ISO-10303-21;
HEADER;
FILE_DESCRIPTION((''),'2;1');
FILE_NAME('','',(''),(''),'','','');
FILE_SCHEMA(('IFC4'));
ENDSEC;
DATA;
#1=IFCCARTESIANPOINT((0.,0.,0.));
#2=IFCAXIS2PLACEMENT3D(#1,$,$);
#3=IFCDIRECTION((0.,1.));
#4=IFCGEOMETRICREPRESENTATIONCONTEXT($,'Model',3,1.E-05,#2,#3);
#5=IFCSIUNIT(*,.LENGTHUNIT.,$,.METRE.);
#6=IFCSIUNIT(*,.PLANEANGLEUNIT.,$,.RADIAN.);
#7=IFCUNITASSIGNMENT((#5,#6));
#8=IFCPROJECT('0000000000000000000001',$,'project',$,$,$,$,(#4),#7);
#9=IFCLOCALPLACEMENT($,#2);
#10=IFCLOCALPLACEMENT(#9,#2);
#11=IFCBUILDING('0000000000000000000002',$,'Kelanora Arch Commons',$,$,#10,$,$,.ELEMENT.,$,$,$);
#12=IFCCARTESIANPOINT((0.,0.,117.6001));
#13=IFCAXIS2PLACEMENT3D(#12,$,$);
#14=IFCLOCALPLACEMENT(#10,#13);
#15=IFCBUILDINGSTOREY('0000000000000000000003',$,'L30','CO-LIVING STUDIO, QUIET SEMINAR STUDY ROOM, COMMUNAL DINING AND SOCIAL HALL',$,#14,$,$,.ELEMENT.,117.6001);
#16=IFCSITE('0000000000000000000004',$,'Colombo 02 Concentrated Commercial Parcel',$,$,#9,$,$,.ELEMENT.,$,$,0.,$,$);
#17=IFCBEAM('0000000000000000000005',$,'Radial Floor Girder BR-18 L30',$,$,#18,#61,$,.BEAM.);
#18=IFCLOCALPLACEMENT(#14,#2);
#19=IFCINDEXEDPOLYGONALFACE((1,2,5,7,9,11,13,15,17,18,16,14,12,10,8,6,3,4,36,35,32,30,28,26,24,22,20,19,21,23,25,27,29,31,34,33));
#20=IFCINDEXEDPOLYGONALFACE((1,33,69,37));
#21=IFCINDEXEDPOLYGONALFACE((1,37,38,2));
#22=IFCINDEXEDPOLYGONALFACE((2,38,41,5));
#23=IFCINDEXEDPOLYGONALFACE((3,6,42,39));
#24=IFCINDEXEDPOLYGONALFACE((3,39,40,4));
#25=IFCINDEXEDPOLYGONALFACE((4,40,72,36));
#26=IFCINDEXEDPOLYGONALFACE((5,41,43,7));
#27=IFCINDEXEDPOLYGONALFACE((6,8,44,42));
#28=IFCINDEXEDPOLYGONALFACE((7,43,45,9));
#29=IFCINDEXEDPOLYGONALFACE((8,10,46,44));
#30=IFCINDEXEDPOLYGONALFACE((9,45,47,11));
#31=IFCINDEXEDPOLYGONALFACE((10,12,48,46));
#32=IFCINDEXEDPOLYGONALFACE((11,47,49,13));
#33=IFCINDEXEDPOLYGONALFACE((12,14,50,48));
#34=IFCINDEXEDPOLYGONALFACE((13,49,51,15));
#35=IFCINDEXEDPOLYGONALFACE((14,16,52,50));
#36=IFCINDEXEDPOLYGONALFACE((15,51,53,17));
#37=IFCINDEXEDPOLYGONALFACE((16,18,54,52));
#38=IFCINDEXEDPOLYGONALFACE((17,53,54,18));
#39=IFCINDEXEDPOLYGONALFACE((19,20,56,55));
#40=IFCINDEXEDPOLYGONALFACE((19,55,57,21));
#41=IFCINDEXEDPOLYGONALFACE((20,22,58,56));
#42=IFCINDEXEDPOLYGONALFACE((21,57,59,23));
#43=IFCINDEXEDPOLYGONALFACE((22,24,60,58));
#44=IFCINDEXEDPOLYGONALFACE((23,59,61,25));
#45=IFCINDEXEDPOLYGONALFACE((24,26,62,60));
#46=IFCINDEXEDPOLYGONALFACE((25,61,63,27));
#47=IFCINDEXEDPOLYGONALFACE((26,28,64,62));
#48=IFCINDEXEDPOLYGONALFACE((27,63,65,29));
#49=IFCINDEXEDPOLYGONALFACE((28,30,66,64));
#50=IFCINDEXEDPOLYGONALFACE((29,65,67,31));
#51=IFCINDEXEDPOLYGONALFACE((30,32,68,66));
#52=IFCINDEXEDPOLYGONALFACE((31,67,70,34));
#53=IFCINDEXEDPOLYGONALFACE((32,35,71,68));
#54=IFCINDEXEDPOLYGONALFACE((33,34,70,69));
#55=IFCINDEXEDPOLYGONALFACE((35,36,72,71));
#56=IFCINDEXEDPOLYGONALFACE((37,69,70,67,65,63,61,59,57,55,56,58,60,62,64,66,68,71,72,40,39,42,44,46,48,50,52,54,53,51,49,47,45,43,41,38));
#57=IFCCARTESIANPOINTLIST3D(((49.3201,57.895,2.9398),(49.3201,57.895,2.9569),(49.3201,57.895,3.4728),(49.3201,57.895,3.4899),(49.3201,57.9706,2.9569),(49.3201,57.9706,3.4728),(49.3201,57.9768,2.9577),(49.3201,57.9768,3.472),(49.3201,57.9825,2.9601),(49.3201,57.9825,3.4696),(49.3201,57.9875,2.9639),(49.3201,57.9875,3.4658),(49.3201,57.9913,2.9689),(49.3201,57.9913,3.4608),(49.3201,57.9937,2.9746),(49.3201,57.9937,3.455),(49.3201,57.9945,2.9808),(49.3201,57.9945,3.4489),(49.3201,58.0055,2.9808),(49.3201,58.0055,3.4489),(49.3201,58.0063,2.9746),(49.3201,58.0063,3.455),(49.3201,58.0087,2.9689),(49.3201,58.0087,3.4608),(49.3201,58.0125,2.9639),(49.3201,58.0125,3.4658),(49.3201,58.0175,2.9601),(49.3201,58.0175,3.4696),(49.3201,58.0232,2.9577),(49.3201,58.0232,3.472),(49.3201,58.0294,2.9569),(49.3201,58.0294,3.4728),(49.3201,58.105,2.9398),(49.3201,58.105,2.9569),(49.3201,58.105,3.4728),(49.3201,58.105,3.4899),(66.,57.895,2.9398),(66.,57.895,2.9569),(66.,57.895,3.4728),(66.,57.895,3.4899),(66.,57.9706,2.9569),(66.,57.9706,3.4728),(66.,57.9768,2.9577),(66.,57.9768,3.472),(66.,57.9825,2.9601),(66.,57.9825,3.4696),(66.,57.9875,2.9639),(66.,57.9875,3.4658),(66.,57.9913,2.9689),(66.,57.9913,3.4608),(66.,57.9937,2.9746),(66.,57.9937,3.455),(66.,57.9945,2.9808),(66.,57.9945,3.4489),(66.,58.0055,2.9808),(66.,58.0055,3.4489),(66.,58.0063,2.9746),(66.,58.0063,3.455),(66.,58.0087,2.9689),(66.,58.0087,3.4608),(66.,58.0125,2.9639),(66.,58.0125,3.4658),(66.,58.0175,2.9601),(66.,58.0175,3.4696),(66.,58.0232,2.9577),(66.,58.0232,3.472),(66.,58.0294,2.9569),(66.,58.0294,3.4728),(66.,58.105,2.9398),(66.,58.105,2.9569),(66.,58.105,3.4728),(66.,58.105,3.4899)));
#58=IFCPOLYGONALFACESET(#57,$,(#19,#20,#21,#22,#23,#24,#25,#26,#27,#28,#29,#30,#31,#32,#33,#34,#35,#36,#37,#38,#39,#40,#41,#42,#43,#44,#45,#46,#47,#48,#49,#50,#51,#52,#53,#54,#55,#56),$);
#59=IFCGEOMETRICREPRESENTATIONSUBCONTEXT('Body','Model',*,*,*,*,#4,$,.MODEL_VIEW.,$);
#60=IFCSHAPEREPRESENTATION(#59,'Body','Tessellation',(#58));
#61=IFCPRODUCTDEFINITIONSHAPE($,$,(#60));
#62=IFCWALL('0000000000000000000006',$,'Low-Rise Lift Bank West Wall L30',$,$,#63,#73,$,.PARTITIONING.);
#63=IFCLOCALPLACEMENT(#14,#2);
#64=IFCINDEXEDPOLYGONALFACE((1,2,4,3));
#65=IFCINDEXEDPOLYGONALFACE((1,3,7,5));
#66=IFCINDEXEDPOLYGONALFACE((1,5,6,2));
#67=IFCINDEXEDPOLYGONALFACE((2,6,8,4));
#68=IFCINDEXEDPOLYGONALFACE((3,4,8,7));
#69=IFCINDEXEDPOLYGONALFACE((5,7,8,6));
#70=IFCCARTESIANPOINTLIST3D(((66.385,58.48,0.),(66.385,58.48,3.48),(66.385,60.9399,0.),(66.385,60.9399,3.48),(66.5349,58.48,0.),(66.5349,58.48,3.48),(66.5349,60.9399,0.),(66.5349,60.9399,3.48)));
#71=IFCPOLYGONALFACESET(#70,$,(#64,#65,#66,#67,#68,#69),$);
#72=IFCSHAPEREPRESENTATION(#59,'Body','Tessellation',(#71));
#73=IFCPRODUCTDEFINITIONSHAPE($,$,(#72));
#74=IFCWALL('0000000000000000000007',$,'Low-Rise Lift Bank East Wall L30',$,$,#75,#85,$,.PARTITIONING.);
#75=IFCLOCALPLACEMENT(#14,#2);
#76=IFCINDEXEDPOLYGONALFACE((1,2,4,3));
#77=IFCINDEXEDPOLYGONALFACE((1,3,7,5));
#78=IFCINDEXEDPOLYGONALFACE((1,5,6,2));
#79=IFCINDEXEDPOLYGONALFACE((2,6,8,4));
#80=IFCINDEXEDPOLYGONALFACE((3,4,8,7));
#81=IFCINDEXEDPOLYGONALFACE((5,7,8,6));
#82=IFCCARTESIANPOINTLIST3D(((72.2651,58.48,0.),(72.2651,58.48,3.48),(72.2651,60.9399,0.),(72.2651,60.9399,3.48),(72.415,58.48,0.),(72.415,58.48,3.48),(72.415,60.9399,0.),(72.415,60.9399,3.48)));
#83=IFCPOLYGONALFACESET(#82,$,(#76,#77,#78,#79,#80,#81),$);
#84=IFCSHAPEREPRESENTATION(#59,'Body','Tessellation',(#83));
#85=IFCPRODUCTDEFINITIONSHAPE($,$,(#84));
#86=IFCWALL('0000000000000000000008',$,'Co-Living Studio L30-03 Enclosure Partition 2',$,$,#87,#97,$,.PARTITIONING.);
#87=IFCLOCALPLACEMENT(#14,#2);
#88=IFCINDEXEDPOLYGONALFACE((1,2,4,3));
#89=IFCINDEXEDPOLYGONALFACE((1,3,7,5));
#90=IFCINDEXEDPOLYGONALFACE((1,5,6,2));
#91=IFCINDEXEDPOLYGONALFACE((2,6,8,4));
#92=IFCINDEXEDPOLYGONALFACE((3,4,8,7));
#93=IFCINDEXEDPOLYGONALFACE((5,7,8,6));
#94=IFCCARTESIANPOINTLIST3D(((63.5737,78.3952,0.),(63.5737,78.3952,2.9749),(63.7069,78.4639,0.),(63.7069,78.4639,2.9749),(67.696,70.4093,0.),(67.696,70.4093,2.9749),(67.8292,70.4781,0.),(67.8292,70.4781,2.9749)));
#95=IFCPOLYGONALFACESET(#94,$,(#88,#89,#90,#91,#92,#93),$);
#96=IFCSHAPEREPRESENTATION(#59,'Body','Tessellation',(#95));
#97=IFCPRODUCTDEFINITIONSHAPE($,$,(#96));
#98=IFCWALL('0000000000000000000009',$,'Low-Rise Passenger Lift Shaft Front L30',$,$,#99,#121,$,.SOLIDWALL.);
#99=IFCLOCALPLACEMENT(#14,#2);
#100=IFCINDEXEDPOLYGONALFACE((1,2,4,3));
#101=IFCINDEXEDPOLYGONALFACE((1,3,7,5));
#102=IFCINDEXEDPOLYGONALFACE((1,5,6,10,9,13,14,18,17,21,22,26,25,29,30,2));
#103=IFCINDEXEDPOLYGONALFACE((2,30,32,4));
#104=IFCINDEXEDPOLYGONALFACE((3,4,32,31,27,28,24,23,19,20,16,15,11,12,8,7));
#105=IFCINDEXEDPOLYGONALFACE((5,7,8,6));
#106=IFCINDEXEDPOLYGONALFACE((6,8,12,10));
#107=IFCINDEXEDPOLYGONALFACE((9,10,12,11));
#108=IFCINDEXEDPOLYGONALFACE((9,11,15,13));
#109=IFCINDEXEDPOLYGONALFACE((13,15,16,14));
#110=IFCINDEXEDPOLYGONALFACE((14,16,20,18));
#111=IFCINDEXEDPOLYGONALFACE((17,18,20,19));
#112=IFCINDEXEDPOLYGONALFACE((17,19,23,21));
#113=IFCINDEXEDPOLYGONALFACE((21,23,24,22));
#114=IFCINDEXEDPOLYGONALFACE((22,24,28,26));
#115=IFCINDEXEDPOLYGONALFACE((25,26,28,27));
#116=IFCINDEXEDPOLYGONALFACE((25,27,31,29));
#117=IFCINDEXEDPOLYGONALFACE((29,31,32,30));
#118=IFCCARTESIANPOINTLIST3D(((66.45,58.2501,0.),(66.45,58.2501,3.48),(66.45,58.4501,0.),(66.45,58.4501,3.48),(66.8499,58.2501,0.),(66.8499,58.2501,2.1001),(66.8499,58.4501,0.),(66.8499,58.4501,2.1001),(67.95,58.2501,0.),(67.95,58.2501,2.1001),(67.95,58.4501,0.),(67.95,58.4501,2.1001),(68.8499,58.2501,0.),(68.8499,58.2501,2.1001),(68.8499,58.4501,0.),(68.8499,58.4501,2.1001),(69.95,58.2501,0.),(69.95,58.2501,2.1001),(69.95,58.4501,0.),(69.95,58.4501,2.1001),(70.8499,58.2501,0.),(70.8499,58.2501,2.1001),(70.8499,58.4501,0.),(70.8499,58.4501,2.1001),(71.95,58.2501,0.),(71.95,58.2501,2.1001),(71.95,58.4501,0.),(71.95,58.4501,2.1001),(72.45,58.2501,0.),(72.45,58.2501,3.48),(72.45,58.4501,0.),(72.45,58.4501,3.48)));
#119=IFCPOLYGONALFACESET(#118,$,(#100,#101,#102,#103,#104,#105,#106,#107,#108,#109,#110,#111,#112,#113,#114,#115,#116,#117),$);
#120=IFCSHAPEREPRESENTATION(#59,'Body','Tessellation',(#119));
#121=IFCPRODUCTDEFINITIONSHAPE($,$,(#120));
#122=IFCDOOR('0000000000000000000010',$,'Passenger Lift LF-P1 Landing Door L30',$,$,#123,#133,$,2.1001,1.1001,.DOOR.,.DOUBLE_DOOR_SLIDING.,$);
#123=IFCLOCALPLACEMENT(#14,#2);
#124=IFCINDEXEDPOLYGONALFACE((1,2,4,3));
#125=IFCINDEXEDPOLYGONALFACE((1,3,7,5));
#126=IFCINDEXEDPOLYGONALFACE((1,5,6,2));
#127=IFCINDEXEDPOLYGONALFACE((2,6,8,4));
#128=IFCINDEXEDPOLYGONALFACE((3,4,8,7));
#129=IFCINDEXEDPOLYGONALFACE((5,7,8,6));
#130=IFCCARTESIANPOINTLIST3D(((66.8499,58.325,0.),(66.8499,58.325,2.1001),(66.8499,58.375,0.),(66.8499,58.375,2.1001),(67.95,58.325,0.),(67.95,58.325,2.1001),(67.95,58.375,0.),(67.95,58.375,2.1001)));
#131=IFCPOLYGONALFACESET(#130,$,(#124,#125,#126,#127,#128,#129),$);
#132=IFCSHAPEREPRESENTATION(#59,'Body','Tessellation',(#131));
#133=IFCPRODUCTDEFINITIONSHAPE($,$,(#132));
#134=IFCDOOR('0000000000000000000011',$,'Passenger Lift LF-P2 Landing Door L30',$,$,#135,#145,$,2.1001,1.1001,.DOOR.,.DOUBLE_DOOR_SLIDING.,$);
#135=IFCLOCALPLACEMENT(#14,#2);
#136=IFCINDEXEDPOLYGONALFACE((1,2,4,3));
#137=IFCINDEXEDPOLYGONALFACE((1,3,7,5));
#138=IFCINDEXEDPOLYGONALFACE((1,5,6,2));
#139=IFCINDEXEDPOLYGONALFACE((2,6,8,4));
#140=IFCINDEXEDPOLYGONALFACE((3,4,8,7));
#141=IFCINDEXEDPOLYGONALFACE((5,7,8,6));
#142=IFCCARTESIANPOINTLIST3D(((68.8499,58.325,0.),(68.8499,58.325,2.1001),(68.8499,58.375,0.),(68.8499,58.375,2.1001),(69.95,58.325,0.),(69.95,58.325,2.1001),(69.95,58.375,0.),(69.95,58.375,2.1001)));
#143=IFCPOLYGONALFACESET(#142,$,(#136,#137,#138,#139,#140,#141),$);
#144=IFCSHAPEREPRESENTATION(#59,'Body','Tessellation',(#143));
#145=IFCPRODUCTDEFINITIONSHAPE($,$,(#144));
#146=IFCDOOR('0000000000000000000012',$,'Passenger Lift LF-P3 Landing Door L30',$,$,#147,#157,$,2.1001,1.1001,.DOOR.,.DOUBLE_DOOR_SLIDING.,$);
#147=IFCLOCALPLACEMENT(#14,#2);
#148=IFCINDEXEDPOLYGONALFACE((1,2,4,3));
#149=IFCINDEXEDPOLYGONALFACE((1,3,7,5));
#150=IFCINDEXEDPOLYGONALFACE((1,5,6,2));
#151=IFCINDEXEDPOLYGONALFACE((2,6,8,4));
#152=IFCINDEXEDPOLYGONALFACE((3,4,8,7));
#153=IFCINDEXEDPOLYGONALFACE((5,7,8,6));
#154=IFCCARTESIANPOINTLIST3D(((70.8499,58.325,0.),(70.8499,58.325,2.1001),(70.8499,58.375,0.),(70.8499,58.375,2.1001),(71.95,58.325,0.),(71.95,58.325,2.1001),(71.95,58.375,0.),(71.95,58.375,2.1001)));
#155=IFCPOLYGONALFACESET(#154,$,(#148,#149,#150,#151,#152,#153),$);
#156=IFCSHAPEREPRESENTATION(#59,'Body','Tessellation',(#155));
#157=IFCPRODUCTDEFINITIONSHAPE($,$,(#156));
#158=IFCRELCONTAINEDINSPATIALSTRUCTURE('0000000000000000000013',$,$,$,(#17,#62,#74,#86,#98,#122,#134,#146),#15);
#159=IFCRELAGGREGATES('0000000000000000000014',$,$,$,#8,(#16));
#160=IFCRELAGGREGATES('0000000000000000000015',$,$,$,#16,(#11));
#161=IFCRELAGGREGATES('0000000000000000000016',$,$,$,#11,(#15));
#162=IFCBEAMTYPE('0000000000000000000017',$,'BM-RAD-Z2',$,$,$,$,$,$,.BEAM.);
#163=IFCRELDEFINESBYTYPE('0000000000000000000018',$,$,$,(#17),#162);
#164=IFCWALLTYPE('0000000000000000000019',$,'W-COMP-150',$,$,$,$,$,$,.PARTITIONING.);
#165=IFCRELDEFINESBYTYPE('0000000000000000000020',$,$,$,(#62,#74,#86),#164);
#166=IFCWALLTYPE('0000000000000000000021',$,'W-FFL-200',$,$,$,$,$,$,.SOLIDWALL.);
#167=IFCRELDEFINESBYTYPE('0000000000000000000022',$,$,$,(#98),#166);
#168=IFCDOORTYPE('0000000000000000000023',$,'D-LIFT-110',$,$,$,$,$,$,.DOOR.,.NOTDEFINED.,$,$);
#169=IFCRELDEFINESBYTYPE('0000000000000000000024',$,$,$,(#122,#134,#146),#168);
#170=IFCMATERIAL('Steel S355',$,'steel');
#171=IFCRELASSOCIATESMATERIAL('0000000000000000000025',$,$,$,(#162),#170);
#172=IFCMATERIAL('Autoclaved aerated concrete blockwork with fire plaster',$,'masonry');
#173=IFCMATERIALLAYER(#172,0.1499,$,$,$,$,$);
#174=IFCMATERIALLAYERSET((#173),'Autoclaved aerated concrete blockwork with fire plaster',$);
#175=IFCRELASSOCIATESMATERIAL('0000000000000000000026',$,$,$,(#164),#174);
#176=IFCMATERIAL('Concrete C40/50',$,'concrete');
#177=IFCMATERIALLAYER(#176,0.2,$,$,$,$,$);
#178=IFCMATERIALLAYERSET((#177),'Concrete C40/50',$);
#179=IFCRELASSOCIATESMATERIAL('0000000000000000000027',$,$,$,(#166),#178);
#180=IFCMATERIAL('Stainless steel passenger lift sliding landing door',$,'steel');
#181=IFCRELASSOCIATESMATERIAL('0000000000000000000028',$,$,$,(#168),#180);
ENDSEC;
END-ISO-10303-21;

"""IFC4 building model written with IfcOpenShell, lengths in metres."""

from ifc_helpers import new_model, si_unit, direction, frame, frame_2d, origin, origin_2d, place, context, subcontext, project, spatial, rectangle, i_section, extrude, material, layer, layer_set, material_profile, profile_set, type_object, element, fill, save


model = new_model("IFC4")

# Units and contexts
model_context = context("Model", 3, precision=1e-05, world=origin(), true_north=direction((0.0, 1.0)))
body_context = subcontext(model_context, "Body", "Model", "MODEL_VIEW")
ifc_project = project(units=[si_unit("LENGTHUNIT", "METRE"), si_unit("PLANEANGLEUNIT", "RADIAN")], contexts=[model_context])

# Site, building, storey
site_placement = place(None, origin())
site = spatial("IfcSite", under=ifc_project, at=site_placement, Name="Colombo 02 Concentrated Commercial Parcel", CompositionType="ELEMENT", RefElevation=0.0)
building_placement = place(site_placement, origin())
building = spatial("IfcBuilding", under=site, at=building_placement, Name="Kelanora Arch Commons", CompositionType="ELEMENT")
storey_placement = place(building_placement, frame((0.0, 0.0, 117.6001)))
storey = spatial("IfcBuildingStorey", under=building, at=storey_placement, Name="L30", Description="CO-LIVING STUDIO, QUIET SEMINAR STUDY ROOM, COMMUNAL DINING AND SOCIAL HALL", CompositionType="ELEMENT", Elevation=117.6001)

# Beam
ifc_material_1 = material(Name="Steel S355", Category="steel")
ifc_material_profile_1 = material_profile(ifc_material_1, i_section(OverallWidth=0.21, OverallDepth=0.55, WebThickness=0.011, FlangeThickness=0.0171, FilletRadius=0.0239, at=origin_2d()), Name="IPE550")
ifc_profile_set_1 = profile_set([ifc_material_profile_1], Name="Steel S355")
beam_type_1 = type_object("IfcBeamType", Name="BM-RAD-Z2", PredefinedType="BEAM", material=ifc_profile_set_1)
beam_1_placement = place(storey_placement, frame((66.0, 58.0, 3.2148), z_axis=(-1.0, 0.0, 0.0), x_axis=(0.0, -1.0, 0.0)))
element("IfcBeam", 1, at=beam_1_placement, inside=storey, type_object=beam_type_1, Name="Radial Floor Girder BR-18 L30", PredefinedType="BEAM", context=body_context, shape_type="SweptSolid", body=[
    extrude(i_section(OverallWidth=0.21, OverallDepth=0.55, WebThickness=0.011, FlangeThickness=0.0171, FilletRadius=0.0239, at=origin_2d()), origin(), (0.0, 0.0, 1.0), 16.6799),
])

# Walls
ifc_material_2 = material(Name="Autoclaved aerated concrete blockwork with fire plaster", Category="masonry")
ifc_layer_1 = layer(ifc_material_2, 0.1499)
ifc_layer_set_1 = layer_set([ifc_layer_1], Name="Autoclaved aerated concrete blockwork with fire plaster")
wall_type_1 = type_object("IfcWallType", Name="W-COMP-150", PredefinedType="PARTITIONING", material=ifc_layer_set_1)
for number, where, z_axis, x_axis, name in (
    (2, (66.46, 58.48, 0.0), (0.0, 0.0, 1.0), (0.0, 1.0, 0.0), "Low-Rise Lift Bank West Wall L30"),
    (3, (72.3401, 58.48, 0.0), (0.0, 0.0, 1.0), (0.0, 1.0, 0.0), "Low-Rise Lift Bank East Wall L30"),
):
    element("IfcWall", number, at=place(storey_placement, frame(where, z_axis=z_axis, x_axis=x_axis)), inside=storey, type_object=wall_type_1, Name=name, PredefinedType="PARTITIONING", context=body_context, shape_type="SweptSolid", body=[
        extrude(rectangle(XDim=2.46, YDim=0.1499, at=frame_2d((1.23, 0.0))), origin(), (0.0, 0.0, 1.0), 3.48),
    ])
wall_1_placement = place(storey_placement, frame((67.7627, 70.4436, 0.0), z_axis=(0.0, 0.0, 1.0), x_axis=(-0.458695, 0.888594, 0.0)))
element("IfcWall", 4, at=wall_1_placement, inside=storey, type_object=wall_type_1, Name="Co-Living Studio L30-03 Enclosure Partition 2", PredefinedType="PARTITIONING", context=body_context, shape_type="SweptSolid", body=[
    extrude(rectangle(XDim=8.9871, YDim=0.1499, at=frame_2d((4.4937, 0.0))), origin(), (0.0, 0.0, 1.0), 2.9749),
])

# Wall, openings, doors
ifc_material_3 = material(Name="Concrete C40/50", Category="concrete")
ifc_layer_2 = layer(ifc_material_3, 0.2)
ifc_layer_set_2 = layer_set([ifc_layer_2], Name="Concrete C40/50")
wall_type_2 = type_object("IfcWallType", Name="W-FFL-200", PredefinedType="SOLIDWALL", material=ifc_layer_set_2)
wall_2_placement = place(storey_placement, frame((66.45, 58.3501, 0.0), z_axis=(0.0, 0.0, 1.0), x_axis=(1.0, 0.0, 0.0)))
wall_2 = element("IfcWall", 5, at=wall_2_placement, inside=storey, type_object=wall_type_2, Name="Low-Rise Passenger Lift Shaft Front L30", PredefinedType="SOLIDWALL", context=body_context, shape_type="SweptSolid", body=[
    extrude(rectangle(XDim=6.0, YDim=0.2, at=frame_2d((3.0, 0.0))), origin(), (0.0, 0.0, 1.0), 3.48),
])
opening_1_placement = place(wall_2_placement, frame((0.3999, 0.0, 0.0)))
opening_1 = element("IfcOpeningElement", 6, at=opening_1_placement, cuts=wall_2, PredefinedType="OPENING", context=body_context, shape_type="SweptSolid", body=[
    extrude(rectangle(XDim=1.1001, YDim=2.1001, at=frame_2d((0.55, 1.05))), frame((0.0, 0.1099, 0.0), z_axis=(0.0, -1.0, 0.0), x_axis=(1.0, 0.0, 0.0)), (0.0, 0.0, 1.0), 0.22),
])
opening_2_placement = place(wall_2_placement, frame((2.3999, 0.0, 0.0)))
opening_2 = element("IfcOpeningElement", 7, at=opening_2_placement, cuts=wall_2, PredefinedType="OPENING", context=body_context, shape_type="SweptSolid", body=[
    extrude(rectangle(XDim=1.1001, YDim=2.1001, at=frame_2d((0.55, 1.05))), frame((0.0, 0.1099, 0.0), z_axis=(0.0, -1.0, 0.0), x_axis=(1.0, 0.0, 0.0)), (0.0, 0.0, 1.0), 0.22),
])
opening_3_placement = place(wall_2_placement, frame((4.3999, 0.0, 0.0)))
opening_3 = element("IfcOpeningElement", 8, at=opening_3_placement, cuts=wall_2, PredefinedType="OPENING", context=body_context, shape_type="SweptSolid", body=[
    extrude(rectangle(XDim=1.1001, YDim=2.1001, at=frame_2d((0.55, 1.05))), frame((0.0, 0.1099, 0.0), z_axis=(0.0, -1.0, 0.0), x_axis=(1.0, 0.0, 0.0)), (0.0, 0.0, 1.0), 0.22),
])
ifc_material_4 = material(Name="Stainless steel passenger lift sliding landing door", Category="steel")
door_type_1 = type_object("IfcDoorType", Name="D-LIFT-110", OperationType="NOTDEFINED", PredefinedType="DOOR", material=ifc_material_4)
door_1_placement = place(opening_1_placement, origin())
door_1 = element("IfcDoor", 9, at=door_1_placement, inside=storey, type_object=door_type_1, Name="Passenger Lift LF-P1 Landing Door L30", OperationType="DOUBLE_DOOR_SLIDING", OverallHeight=2.1001, OverallWidth=1.1001, PredefinedType="DOOR", context=body_context, shape_type="SweptSolid", body=[
    extrude(rectangle(XDim=1.1001, YDim=2.1001, at=frame_2d((0.55, 1.05))), frame((0.0, 0.0249, 0.0), z_axis=(0.0, -1.0, 0.0), x_axis=(1.0, 0.0, 0.0)), (0.0, 0.0, 1.0), 0.05),
])
fill(opening_1, door_1)
door_2_placement = place(opening_2_placement, origin())
door_2 = element("IfcDoor", 10, at=door_2_placement, inside=storey, type_object=door_type_1, Name="Passenger Lift LF-P2 Landing Door L30", OperationType="DOUBLE_DOOR_SLIDING", OverallHeight=2.1001, OverallWidth=1.1001, PredefinedType="DOOR", context=body_context, shape_type="SweptSolid", body=[
    extrude(rectangle(XDim=1.1001, YDim=2.1001, at=frame_2d((0.55, 1.05))), frame((0.0, 0.0249, 0.0), z_axis=(0.0, -1.0, 0.0), x_axis=(1.0, 0.0, 0.0)), (0.0, 0.0, 1.0), 0.05),
])
fill(opening_2, door_2)
door_3_placement = place(opening_3_placement, origin())
door_3 = element("IfcDoor", 11, at=door_3_placement, inside=storey, type_object=door_type_1, Name="Passenger Lift LF-P3 Landing Door L30", OperationType="DOUBLE_DOOR_SLIDING", OverallHeight=2.1001, OverallWidth=1.1001, PredefinedType="DOOR", context=body_context, shape_type="SweptSolid", body=[
    extrude(rectangle(XDim=1.1001, YDim=2.1001, at=frame_2d((0.55, 1.05))), frame((0.0, 0.0249, 0.0), z_axis=(0.0, -1.0, 0.0), x_axis=(1.0, 0.0, 0.0)), (0.0, 0.0, 1.0), 0.05),
])
fill(opening_3, door_3)

save(model, "model.ifc")
